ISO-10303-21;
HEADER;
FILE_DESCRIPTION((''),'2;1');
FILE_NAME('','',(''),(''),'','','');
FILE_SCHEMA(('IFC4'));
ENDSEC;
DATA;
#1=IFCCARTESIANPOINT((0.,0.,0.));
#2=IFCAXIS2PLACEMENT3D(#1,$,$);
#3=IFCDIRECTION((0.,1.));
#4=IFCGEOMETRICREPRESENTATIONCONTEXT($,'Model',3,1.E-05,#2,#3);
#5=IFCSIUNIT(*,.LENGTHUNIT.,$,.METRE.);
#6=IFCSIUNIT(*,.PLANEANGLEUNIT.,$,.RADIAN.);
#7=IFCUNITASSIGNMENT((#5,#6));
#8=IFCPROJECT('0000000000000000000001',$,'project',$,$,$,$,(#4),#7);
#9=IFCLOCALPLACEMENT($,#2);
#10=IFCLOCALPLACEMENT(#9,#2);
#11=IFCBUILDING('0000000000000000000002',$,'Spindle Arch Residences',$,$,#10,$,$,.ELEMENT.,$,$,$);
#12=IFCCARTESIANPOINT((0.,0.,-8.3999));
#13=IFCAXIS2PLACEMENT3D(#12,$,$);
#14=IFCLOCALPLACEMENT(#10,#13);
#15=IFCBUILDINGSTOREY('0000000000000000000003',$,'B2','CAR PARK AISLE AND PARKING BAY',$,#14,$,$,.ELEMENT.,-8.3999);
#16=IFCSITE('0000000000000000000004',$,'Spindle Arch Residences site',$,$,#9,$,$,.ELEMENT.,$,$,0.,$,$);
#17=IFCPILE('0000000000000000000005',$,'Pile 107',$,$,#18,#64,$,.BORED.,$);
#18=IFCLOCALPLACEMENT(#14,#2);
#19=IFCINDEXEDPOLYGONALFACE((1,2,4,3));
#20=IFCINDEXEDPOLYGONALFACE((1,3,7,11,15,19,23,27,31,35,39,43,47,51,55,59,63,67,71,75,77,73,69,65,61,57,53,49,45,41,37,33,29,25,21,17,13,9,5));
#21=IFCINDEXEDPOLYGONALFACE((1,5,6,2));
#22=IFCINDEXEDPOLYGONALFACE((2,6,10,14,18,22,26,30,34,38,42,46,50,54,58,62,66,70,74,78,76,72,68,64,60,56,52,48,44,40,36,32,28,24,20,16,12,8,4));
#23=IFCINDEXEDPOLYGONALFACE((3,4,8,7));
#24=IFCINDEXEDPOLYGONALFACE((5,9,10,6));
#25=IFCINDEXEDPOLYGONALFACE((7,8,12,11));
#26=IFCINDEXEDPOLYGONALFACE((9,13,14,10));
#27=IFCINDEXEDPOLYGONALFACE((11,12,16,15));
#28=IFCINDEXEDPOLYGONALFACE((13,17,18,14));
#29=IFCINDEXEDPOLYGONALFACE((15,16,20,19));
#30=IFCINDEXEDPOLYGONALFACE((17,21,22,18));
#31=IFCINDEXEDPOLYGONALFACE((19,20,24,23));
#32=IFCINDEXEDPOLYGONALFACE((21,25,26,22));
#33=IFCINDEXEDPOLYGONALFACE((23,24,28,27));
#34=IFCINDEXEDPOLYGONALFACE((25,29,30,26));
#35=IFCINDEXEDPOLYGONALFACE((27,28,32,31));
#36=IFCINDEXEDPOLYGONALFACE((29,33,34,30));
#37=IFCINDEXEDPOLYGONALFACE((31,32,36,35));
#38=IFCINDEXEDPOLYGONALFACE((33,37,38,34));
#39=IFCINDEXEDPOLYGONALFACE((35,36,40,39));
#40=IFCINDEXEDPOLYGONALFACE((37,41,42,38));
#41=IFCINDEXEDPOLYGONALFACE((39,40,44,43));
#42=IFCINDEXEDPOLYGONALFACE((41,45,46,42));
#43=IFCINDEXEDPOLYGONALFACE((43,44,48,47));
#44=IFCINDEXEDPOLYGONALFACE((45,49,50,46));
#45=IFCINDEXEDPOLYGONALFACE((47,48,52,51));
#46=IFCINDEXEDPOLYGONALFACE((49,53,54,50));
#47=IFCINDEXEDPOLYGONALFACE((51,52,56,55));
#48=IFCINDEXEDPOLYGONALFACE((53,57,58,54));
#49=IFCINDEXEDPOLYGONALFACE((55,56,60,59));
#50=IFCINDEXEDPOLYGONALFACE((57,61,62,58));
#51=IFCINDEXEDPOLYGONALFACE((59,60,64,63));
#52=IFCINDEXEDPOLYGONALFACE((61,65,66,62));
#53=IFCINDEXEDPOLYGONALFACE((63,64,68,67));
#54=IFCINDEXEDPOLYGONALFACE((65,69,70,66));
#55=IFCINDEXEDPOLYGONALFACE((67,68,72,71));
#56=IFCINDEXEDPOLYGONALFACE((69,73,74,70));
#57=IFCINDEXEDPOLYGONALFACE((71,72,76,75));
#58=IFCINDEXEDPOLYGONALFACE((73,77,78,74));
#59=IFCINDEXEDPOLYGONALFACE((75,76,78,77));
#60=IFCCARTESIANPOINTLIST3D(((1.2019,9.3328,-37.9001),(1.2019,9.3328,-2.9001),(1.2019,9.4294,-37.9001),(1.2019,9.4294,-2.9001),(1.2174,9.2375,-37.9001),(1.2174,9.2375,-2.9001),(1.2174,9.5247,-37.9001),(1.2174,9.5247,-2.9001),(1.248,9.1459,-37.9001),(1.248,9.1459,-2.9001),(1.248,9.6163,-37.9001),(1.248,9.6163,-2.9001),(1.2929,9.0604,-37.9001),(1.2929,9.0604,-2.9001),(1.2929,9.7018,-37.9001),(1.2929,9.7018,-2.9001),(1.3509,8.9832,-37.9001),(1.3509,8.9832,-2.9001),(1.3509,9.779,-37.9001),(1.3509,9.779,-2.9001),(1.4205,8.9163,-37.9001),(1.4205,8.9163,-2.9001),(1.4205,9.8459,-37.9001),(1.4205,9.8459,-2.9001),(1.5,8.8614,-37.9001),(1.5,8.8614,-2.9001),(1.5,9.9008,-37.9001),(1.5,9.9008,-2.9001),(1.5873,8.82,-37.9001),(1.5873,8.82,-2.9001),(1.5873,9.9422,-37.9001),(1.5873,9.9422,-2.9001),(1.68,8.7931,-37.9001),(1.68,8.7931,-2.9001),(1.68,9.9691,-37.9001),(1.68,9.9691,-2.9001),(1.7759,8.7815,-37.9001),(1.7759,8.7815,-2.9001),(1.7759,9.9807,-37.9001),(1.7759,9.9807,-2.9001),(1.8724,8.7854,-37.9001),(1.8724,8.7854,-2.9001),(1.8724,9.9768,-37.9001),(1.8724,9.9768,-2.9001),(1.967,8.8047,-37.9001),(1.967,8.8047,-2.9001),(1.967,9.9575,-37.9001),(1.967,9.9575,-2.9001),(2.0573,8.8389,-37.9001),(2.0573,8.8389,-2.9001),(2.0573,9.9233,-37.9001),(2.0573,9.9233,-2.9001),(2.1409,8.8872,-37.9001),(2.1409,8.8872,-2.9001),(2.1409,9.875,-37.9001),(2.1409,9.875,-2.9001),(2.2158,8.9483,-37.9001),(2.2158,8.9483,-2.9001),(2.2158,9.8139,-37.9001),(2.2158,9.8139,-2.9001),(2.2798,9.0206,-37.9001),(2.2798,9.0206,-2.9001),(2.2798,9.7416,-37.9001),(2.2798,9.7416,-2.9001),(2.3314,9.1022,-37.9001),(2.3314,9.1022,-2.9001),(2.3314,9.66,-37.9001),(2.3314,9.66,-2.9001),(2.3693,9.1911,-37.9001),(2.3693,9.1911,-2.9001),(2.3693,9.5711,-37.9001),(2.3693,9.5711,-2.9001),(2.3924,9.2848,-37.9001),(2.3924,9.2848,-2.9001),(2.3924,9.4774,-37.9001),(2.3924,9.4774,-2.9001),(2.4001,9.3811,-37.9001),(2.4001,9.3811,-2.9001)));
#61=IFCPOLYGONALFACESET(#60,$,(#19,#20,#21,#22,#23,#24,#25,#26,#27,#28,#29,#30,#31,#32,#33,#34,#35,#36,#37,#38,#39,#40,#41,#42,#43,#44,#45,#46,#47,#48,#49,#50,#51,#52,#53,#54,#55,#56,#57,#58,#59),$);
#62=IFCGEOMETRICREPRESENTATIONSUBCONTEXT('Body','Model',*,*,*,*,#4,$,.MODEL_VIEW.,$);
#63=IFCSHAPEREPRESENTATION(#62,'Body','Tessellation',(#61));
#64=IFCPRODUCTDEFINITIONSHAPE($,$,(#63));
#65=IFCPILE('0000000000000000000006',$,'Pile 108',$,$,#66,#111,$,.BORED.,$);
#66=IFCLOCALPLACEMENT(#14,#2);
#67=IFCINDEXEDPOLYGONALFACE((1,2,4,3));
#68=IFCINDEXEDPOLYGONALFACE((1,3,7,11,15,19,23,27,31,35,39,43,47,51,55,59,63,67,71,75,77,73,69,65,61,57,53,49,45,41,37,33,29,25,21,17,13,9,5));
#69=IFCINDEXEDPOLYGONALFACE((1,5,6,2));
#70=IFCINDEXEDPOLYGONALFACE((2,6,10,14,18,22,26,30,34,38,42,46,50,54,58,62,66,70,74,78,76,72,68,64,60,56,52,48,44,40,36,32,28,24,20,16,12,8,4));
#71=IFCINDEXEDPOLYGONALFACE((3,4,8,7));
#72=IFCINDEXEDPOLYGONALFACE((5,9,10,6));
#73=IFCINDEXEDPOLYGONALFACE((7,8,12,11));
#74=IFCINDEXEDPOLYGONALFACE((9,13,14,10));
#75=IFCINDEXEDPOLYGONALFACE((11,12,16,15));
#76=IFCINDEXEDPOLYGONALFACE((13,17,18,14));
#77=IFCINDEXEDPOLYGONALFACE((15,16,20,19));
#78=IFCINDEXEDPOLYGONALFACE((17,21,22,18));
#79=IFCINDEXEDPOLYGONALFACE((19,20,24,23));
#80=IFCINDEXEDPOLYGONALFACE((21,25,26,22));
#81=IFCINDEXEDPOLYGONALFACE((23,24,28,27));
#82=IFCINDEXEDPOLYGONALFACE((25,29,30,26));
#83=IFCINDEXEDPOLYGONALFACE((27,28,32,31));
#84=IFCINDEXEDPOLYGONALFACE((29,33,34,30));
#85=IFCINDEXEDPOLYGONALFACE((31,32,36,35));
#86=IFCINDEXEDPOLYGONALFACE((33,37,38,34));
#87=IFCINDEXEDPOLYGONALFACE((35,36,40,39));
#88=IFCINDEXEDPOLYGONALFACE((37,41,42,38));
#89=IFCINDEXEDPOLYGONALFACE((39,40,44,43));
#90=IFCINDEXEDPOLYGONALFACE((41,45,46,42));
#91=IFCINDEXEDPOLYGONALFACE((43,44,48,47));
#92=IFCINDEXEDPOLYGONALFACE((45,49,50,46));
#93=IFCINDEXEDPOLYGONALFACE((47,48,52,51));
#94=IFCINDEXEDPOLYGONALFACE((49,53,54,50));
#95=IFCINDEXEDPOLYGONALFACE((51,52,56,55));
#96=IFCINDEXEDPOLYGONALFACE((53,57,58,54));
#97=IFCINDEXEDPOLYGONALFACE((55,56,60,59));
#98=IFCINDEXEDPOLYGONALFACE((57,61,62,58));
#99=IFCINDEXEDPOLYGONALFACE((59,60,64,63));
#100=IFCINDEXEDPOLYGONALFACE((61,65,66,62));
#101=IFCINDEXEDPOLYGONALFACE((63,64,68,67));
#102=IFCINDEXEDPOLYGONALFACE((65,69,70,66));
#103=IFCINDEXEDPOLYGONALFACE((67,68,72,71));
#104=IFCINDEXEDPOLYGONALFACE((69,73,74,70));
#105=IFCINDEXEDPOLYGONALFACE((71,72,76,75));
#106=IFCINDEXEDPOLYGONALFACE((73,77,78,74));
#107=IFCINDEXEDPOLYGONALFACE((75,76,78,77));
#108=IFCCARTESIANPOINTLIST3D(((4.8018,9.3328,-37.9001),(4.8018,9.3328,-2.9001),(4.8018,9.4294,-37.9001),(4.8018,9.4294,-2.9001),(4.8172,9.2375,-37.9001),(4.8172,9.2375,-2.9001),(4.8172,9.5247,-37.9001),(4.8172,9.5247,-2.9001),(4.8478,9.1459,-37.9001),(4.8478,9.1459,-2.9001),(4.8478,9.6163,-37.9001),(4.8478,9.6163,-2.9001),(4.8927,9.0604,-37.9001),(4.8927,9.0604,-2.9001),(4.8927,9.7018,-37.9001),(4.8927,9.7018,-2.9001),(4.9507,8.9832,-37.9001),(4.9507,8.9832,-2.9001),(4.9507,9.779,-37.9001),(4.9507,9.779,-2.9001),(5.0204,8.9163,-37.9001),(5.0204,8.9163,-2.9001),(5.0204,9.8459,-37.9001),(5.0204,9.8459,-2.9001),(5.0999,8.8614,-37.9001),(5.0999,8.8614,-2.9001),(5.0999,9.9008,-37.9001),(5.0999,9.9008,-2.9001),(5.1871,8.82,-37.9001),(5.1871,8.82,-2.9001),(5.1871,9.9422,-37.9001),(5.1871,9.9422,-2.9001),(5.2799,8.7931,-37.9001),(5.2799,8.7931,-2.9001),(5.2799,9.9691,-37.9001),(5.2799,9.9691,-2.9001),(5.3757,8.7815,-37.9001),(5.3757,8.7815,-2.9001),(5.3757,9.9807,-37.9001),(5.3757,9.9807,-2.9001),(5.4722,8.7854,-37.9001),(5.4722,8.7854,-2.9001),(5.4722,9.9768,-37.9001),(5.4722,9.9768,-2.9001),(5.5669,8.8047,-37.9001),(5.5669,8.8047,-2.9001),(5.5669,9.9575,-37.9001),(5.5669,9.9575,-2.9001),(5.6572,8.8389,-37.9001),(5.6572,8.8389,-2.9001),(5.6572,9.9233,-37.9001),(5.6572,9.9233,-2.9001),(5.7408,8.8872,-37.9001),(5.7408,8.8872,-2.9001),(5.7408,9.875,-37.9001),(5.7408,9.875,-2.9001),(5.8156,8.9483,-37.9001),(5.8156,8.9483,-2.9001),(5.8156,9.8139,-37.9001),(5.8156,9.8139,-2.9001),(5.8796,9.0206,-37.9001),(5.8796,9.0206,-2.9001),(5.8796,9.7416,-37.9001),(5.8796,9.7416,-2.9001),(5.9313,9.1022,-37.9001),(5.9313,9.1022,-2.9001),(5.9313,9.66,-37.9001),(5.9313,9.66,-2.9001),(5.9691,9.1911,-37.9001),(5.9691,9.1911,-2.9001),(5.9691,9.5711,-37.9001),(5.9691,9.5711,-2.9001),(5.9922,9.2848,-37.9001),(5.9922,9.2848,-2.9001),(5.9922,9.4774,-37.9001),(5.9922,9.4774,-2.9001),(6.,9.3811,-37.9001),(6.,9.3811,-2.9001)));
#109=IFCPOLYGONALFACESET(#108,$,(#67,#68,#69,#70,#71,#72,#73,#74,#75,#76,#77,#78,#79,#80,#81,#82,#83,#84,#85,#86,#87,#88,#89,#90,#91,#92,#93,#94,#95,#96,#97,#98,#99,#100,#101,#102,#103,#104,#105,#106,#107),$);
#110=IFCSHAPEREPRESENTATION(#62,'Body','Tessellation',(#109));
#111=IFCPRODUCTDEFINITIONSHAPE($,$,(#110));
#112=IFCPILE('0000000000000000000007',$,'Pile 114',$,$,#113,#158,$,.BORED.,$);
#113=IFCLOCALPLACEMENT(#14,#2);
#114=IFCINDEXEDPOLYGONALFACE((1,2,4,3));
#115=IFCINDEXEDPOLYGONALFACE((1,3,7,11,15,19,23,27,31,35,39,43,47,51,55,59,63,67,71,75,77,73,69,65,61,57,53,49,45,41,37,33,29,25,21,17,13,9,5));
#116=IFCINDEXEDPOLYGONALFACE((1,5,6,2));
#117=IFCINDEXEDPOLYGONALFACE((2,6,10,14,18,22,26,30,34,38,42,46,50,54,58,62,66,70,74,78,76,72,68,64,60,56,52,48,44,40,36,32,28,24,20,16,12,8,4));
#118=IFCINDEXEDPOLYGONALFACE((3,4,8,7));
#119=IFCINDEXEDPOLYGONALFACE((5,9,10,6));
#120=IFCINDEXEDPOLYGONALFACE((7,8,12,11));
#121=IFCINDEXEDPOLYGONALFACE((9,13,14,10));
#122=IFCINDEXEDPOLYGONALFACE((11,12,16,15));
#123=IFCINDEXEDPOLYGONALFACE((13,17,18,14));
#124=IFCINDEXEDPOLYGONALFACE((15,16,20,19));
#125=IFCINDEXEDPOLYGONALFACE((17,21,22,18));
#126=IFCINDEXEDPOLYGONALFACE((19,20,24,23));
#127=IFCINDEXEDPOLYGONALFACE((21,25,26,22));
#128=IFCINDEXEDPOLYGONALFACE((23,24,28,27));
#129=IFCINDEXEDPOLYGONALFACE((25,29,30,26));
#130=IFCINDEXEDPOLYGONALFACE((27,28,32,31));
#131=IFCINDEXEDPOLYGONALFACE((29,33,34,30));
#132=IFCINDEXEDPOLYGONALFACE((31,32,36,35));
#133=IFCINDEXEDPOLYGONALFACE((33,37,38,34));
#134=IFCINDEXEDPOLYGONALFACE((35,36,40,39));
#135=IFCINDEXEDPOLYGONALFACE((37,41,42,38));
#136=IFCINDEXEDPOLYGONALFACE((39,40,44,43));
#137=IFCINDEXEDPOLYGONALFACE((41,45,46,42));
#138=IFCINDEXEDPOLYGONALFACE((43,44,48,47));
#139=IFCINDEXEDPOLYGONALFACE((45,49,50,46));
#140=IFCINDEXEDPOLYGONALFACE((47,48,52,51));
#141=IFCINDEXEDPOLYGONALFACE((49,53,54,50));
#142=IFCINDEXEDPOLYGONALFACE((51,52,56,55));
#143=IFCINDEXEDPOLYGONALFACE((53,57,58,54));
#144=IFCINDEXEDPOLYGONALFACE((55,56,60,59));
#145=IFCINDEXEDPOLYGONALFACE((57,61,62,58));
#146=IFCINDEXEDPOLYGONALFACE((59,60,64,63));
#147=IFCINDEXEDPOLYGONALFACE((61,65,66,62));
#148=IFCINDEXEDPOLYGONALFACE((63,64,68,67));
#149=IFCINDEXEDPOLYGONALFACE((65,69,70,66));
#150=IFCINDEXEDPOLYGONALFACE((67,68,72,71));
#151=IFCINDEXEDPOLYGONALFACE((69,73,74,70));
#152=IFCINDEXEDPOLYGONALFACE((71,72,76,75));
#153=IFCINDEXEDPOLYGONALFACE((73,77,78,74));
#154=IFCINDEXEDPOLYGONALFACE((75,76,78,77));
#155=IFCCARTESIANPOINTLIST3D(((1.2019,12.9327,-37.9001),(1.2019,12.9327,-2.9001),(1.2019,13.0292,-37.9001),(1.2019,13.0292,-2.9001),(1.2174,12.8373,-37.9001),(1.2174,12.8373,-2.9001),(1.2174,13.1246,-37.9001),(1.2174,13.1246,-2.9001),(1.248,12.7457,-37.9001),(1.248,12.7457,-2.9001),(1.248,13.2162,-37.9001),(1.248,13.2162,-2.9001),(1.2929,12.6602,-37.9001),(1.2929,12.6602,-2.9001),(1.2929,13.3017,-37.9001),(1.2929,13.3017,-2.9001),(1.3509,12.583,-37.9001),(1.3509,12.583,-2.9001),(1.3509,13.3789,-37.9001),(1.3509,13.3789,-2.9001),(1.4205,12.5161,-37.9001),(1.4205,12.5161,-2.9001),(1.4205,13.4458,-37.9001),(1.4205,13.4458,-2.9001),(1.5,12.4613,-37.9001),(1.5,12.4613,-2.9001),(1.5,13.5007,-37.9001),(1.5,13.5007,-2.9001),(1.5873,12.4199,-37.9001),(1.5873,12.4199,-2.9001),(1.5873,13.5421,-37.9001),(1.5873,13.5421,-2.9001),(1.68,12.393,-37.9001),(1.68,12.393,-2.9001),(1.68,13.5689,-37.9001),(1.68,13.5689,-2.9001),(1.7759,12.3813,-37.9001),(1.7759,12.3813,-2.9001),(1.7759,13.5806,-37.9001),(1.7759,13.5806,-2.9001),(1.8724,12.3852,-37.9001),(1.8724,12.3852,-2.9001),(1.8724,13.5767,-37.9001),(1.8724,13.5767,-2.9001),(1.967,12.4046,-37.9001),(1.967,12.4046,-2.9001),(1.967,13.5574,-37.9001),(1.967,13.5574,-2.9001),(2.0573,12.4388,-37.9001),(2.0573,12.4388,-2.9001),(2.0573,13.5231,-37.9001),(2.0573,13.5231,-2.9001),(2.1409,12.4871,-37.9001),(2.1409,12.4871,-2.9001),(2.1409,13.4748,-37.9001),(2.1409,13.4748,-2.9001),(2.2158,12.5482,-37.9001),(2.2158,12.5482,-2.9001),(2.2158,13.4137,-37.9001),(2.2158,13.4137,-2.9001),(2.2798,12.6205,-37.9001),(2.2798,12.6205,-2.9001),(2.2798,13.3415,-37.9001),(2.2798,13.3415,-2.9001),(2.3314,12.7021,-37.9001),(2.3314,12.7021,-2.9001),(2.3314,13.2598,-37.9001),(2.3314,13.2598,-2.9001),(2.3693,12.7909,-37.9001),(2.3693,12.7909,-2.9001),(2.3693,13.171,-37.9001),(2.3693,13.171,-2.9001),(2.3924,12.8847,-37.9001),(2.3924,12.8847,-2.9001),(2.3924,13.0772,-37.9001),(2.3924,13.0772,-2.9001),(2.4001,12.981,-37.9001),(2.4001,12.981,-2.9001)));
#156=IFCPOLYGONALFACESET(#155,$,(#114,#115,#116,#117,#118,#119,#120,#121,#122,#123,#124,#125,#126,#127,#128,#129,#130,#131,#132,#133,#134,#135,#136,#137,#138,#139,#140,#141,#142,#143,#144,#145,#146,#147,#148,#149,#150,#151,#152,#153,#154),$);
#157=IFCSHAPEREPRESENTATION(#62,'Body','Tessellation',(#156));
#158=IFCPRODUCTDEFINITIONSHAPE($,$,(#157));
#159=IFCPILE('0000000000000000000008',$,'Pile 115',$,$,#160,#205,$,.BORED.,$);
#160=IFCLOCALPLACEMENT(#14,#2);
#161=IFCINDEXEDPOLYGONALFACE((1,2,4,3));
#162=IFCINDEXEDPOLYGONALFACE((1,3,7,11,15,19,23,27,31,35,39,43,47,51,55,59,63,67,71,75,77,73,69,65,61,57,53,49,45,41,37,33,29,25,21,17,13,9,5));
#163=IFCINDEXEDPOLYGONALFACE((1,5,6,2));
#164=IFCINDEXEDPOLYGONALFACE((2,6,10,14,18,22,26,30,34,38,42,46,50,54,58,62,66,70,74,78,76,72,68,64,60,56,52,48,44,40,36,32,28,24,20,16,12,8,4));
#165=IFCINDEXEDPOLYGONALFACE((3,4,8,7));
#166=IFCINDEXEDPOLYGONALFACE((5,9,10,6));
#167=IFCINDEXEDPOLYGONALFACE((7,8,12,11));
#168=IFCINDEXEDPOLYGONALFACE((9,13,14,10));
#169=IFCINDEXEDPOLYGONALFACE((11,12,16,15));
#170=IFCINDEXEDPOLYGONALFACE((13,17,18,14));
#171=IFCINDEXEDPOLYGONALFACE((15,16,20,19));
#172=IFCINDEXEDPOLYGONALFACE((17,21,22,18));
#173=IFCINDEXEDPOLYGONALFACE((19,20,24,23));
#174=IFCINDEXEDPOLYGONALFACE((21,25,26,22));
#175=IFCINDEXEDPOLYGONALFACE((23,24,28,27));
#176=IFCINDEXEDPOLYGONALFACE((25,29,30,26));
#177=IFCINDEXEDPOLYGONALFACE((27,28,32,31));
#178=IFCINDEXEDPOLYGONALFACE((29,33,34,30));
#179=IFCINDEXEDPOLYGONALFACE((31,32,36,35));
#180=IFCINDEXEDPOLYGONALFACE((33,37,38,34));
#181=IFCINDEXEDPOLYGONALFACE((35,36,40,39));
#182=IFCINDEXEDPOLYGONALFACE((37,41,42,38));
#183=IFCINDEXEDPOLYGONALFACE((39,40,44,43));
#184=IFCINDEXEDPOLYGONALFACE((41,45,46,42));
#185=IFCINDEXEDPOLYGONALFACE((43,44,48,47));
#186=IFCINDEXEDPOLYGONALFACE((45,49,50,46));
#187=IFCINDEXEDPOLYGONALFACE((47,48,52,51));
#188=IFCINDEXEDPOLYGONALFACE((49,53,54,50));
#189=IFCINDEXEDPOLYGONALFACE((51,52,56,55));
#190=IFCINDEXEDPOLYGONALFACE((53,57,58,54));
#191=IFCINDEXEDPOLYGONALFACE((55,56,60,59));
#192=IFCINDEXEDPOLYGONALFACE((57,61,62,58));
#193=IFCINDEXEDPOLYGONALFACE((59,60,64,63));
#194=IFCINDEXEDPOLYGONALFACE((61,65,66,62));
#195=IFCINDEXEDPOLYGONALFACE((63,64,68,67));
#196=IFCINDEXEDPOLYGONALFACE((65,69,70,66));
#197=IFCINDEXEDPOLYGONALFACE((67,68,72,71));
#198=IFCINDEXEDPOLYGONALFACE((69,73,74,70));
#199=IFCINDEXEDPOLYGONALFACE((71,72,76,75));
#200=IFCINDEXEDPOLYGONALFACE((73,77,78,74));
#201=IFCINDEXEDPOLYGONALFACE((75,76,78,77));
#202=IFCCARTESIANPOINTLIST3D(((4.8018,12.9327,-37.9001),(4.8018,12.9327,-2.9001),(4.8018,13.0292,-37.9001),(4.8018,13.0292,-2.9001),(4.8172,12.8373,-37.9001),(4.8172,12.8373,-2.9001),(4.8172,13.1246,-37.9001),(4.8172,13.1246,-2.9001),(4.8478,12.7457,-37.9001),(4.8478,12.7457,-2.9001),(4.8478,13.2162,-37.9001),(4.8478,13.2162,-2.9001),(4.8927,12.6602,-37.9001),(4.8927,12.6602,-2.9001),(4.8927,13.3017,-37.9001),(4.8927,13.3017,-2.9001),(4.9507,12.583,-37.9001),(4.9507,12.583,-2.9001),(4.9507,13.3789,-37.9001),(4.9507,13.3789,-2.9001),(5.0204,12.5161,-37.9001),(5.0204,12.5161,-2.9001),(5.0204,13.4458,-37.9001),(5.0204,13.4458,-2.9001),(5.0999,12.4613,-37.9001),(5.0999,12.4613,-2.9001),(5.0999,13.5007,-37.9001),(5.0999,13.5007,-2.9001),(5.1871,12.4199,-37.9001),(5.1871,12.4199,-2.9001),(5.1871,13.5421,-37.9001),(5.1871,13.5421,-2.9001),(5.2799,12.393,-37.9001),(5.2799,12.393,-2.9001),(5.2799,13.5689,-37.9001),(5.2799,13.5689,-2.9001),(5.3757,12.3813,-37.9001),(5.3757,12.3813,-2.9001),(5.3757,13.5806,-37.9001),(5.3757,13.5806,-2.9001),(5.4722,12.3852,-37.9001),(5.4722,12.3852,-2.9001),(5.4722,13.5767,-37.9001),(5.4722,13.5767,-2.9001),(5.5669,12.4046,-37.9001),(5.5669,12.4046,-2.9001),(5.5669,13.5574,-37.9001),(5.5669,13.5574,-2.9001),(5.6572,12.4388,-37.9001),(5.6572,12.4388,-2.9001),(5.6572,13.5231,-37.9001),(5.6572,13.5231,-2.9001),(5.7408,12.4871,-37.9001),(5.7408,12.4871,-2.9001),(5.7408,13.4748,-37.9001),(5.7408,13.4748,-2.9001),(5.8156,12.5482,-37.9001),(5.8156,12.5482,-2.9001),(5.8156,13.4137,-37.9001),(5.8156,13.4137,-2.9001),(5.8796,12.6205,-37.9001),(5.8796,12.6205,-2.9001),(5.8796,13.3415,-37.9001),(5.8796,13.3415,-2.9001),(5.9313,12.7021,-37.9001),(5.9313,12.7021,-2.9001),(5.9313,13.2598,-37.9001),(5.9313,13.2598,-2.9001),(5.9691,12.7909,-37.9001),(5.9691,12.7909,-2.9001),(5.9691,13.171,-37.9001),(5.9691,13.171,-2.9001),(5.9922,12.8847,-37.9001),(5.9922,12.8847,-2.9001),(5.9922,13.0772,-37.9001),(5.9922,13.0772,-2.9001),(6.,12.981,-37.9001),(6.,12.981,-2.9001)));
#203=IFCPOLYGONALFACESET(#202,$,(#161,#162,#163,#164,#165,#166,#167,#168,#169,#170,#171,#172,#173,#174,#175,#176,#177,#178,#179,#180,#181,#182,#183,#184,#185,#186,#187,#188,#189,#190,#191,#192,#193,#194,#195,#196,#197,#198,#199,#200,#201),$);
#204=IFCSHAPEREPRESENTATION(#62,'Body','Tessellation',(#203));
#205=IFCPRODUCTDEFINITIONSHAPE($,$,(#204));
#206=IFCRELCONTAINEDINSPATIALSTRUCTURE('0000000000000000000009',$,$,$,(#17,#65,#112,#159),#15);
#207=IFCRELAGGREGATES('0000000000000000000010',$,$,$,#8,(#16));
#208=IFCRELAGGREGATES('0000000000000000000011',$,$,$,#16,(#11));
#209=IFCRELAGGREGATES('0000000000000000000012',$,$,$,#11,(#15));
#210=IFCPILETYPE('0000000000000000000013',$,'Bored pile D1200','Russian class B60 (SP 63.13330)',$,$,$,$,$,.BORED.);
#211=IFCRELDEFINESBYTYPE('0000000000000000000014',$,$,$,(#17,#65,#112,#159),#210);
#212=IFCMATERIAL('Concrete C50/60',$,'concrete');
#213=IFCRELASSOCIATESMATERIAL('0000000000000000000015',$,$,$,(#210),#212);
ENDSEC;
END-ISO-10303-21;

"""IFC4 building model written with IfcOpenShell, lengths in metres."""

from ifc_helpers import new_model, si_unit, direction, frame, origin, origin_2d, place, context, subcontext, project, spatial, circle, extrude, material, material_profile, profile_set, type_object, element, save


model = new_model("IFC4")

# Units and contexts
model_context = context("Model", 3, precision=1e-05, world=origin(), true_north=direction((0.0, 1.0)))
body_context = subcontext(model_context, "Body", "Model", "MODEL_VIEW")
ifc_project = project(units=[si_unit("LENGTHUNIT", "METRE"), si_unit("PLANEANGLEUNIT", "RADIAN")], contexts=[model_context])

# Site, building, storey
site_placement = place(None, origin())
site = spatial("IfcSite", under=ifc_project, at=site_placement, Name="Spindle Arch Residences site", CompositionType="ELEMENT", RefElevation=0.0)
building_placement = place(site_placement, origin())
building = spatial("IfcBuilding", under=site, at=building_placement, Name="Spindle Arch Residences", CompositionType="ELEMENT")
storey_placement = place(building_placement, frame((0.0, 0.0, -8.3999)))
storey = spatial("IfcBuildingStorey", under=building, at=storey_placement, Name="B2", Description="CAR PARK AISLE AND PARKING BAY", CompositionType="ELEMENT", Elevation=-8.3999)

# Piles
ifc_material_1 = material(Name="Concrete C50/60", Category="concrete")
ifc_material_profile_1 = material_profile(ifc_material_1, circle(Radius=0.6001, at=origin_2d()), Name="BP D1200")
ifc_profile_set_1 = profile_set([ifc_material_profile_1], Name="Concrete C50/60")
pile_type = type_object("IfcPileType", Name="Bored pile D1200", Description="Russian class B60 (SP 63.13330)", PredefinedType="BORED", material=ifc_profile_set_1)
for number, where, z_axis, x_axis, name in (
    (1, (1.8, 9.3811, -2.9001), (0.0, 0.0, -1.0), (1.0, 0.0, 0.0), "Pile 107"),
    (2, (5.3999, 9.3811, -2.9001), (0.0, 0.0, -1.0), (1.0, 0.0, 0.0), "Pile 108"),
    (3, (1.8, 12.981, -2.9001), (0.0, 0.0, -1.0), (1.0, 0.0, 0.0), "Pile 114"),
    (4, (5.3999, 12.981, -2.9001), (0.0, 0.0, -1.0), (1.0, 0.0, 0.0), "Pile 115"),
):
    element("IfcPile", number, at=place(storey_placement, frame(where, z_axis=z_axis, x_axis=x_axis)), inside=storey, type_object=pile_type, Name=name, PredefinedType="BORED", context=body_context, shape_type="SweptSolid", body=[
        extrude(circle(Radius=0.6001, at=origin_2d()), origin(), (0.0, 0.0, 1.0), 35.0),
    ])

save(model, "model.ifc")
